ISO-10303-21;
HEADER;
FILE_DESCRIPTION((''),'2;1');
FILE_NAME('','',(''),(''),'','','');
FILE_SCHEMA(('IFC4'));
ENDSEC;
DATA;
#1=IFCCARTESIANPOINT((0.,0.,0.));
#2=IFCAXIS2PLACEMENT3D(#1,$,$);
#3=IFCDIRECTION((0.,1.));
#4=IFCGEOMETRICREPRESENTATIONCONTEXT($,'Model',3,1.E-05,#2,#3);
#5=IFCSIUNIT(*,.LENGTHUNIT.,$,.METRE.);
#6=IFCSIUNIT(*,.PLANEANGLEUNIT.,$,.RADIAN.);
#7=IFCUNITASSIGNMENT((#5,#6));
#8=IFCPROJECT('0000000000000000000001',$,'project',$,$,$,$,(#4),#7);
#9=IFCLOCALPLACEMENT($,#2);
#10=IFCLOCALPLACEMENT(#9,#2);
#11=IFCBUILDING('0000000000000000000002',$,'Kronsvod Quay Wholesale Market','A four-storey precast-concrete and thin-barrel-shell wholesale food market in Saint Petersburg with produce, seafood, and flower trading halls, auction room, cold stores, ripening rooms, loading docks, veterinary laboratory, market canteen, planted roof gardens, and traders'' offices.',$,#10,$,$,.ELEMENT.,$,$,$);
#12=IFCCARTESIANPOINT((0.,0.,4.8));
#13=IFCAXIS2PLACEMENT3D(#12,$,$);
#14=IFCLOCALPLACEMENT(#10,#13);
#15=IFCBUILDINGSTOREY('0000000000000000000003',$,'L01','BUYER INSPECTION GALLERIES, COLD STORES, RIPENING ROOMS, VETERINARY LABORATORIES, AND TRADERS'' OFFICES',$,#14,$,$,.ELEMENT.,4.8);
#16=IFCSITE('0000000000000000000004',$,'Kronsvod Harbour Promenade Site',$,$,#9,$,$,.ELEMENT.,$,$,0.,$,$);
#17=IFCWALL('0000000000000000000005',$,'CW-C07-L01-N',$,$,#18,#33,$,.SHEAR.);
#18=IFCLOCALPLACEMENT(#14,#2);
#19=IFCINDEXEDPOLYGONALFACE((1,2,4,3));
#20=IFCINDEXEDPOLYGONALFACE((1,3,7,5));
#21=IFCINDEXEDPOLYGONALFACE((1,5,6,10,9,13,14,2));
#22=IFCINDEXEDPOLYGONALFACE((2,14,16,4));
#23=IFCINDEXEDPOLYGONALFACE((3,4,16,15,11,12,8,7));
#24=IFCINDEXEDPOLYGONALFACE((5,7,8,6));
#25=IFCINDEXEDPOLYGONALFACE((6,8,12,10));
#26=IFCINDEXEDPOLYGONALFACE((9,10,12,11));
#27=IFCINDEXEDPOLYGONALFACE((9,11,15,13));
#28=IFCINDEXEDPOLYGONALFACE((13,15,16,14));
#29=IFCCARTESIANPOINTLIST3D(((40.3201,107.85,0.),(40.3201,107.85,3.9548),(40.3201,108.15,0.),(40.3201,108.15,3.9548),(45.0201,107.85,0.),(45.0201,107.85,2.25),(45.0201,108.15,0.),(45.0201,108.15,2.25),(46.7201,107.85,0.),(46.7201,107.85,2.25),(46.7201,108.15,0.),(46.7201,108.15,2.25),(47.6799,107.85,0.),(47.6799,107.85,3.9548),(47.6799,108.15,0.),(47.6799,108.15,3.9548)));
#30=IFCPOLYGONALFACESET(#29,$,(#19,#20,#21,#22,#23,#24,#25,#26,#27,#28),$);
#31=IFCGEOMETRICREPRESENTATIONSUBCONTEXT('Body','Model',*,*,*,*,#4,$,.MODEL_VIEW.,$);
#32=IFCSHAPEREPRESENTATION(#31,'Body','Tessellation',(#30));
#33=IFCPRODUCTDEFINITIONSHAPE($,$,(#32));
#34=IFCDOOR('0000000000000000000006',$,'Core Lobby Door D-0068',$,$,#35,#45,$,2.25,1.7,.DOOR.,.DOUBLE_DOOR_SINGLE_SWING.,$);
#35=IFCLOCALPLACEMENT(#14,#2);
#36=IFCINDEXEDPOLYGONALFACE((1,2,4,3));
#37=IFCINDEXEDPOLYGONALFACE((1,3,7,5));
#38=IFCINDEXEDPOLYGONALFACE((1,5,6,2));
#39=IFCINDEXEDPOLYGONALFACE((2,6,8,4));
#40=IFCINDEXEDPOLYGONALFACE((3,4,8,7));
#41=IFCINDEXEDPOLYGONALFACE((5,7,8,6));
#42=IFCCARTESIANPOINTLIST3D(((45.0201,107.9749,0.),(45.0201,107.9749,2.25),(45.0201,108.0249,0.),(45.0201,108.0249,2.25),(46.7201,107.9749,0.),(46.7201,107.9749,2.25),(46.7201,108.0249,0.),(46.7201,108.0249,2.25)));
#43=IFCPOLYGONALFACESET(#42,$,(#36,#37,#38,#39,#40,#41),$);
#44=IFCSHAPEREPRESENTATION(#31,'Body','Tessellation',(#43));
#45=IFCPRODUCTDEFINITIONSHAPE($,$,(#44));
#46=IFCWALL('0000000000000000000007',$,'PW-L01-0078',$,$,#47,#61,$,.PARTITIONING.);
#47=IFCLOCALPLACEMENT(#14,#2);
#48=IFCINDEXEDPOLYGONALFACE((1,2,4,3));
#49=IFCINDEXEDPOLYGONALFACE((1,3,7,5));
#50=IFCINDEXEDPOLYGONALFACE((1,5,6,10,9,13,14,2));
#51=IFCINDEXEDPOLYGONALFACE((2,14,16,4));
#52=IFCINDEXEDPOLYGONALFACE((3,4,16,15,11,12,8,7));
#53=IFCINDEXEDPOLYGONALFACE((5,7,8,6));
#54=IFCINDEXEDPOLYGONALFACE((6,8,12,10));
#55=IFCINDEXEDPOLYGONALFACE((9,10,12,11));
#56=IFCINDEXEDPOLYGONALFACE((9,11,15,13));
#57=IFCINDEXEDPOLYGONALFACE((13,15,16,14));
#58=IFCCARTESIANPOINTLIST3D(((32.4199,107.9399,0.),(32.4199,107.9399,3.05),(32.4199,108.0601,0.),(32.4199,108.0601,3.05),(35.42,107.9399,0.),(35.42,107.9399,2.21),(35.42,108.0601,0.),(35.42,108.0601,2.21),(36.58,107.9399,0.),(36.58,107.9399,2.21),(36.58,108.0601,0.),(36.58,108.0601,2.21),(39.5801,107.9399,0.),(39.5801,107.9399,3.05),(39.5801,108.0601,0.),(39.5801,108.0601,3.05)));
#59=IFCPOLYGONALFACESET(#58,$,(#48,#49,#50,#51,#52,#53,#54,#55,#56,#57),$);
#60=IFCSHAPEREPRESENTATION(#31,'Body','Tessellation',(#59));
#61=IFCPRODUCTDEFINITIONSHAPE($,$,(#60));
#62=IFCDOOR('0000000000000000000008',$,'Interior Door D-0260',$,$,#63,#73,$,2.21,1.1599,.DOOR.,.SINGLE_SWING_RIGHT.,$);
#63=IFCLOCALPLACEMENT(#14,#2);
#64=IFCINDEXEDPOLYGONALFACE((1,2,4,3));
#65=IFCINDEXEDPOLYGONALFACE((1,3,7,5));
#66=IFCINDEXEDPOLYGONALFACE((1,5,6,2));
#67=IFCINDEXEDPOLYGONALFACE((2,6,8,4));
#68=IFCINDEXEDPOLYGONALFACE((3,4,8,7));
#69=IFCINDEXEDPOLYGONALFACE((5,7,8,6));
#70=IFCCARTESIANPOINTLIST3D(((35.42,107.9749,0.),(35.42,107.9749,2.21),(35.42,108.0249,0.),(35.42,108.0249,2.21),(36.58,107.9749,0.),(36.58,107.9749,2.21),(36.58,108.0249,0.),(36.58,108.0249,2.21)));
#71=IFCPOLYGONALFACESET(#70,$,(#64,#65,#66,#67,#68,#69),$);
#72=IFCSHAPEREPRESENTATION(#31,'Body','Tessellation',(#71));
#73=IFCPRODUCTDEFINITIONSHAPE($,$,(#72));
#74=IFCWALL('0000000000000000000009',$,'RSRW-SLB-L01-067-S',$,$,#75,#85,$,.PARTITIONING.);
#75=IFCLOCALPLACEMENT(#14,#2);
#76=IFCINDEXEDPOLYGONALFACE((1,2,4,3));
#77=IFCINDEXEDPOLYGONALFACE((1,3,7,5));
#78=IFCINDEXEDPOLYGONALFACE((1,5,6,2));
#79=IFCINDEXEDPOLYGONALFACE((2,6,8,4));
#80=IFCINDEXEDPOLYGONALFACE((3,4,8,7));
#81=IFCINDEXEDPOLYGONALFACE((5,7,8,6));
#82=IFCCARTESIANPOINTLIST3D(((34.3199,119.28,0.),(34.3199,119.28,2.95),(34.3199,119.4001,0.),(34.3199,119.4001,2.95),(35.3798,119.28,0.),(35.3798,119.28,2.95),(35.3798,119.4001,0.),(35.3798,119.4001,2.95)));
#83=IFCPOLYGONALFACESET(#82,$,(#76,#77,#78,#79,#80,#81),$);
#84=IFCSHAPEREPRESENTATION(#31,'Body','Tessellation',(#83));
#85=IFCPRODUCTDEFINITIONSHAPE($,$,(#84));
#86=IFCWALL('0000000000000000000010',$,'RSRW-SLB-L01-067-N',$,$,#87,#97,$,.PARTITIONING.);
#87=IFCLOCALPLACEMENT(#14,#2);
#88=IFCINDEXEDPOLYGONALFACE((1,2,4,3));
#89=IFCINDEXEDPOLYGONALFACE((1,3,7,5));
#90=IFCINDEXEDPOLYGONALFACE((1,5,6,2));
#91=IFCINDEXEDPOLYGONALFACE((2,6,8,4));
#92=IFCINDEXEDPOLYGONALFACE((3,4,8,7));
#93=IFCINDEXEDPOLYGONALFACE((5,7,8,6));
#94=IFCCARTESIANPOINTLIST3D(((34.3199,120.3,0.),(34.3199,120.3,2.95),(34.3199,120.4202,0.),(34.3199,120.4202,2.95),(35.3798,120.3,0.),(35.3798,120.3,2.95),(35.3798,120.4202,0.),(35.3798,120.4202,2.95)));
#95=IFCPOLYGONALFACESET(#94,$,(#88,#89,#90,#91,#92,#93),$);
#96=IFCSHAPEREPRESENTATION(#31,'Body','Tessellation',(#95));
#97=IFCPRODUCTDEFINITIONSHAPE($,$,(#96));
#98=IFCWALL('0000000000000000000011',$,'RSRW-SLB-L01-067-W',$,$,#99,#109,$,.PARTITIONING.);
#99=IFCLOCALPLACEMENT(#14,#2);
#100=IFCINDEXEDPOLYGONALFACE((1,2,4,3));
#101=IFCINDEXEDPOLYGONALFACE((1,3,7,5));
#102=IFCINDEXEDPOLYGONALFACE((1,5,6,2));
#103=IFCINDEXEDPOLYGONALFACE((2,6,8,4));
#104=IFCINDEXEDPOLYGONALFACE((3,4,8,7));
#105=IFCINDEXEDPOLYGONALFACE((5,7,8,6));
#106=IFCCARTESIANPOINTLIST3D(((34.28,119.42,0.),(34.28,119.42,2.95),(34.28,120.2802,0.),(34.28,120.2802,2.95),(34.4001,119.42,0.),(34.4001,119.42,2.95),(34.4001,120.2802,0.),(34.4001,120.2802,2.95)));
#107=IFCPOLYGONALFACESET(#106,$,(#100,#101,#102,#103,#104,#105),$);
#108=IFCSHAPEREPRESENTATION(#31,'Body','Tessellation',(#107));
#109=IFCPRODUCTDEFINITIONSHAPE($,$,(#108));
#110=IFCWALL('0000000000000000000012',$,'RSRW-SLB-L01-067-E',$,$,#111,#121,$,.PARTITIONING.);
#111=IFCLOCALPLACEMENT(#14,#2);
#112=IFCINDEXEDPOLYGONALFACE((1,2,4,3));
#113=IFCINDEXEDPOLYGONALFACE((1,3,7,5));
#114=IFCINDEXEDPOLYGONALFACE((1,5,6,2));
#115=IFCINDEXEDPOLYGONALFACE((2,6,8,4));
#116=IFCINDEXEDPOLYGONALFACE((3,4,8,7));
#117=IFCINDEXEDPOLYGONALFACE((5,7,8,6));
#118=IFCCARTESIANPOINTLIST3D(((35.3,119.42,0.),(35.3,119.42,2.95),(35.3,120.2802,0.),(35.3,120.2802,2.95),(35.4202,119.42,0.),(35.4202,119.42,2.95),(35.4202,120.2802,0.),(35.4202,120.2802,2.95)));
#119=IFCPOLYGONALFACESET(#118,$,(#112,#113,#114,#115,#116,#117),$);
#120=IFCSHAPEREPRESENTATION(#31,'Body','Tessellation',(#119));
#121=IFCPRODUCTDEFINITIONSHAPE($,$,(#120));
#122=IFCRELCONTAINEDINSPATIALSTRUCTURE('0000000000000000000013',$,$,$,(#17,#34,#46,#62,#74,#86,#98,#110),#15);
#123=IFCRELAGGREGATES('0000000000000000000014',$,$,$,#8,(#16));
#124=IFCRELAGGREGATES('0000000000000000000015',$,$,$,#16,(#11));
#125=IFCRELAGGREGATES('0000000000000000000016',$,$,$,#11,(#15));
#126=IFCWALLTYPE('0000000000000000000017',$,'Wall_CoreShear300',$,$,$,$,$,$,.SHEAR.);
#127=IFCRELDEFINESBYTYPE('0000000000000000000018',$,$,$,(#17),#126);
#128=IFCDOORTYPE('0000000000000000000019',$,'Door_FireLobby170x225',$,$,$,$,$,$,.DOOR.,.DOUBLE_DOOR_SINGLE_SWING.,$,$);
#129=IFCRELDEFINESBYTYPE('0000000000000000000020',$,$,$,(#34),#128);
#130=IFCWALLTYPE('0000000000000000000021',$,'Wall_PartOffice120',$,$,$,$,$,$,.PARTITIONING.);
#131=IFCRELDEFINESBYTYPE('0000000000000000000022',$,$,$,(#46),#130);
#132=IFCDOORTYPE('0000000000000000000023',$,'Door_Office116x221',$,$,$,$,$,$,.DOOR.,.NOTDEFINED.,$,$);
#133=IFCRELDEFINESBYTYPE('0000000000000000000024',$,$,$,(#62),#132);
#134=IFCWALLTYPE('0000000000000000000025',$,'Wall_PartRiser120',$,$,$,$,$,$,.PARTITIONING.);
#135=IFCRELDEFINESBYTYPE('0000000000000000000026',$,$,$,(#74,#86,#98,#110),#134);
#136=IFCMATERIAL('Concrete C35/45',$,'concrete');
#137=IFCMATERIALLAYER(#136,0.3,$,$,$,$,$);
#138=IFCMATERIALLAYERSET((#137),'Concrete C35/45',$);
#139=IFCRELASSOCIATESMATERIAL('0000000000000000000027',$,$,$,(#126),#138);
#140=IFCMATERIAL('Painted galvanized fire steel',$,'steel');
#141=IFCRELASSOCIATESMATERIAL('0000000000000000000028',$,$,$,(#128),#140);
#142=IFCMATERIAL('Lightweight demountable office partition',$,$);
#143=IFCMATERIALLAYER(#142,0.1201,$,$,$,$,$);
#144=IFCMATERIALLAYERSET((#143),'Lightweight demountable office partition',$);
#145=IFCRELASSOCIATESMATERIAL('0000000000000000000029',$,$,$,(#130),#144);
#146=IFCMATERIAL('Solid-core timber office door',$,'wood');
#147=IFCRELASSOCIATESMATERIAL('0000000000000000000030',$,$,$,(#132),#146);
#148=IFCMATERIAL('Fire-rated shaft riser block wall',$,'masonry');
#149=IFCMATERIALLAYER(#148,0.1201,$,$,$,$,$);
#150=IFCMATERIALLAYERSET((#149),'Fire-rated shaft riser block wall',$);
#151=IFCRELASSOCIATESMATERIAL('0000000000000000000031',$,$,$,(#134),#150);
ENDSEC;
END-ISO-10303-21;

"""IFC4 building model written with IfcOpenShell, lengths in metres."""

from ifc_helpers import new_model, si_unit, direction, frame, frame_2d, origin, place, context, subcontext, project, spatial, rectangle, extrude, material, layer, layer_set, type_object, element, fill, save


model = new_model("IFC4")

# Units and contexts
model_context = context("Model", 3, precision=1e-05, world=origin(), true_north=direction((0.0, 1.0)))
body_context = subcontext(model_context, "Body", "Model", "MODEL_VIEW")
ifc_project = project(units=[si_unit("LENGTHUNIT", "METRE"), si_unit("PLANEANGLEUNIT", "RADIAN")], contexts=[model_context])

# Site, building, storey
site_placement = place(None, origin())
site = spatial("IfcSite", under=ifc_project, at=site_placement, Name="Kronsvod Harbour Promenade Site", CompositionType="ELEMENT", RefElevation=0.0)
building_placement = place(site_placement, origin())
building = spatial("IfcBuilding", under=site, at=building_placement, Name="Kronsvod Quay Wholesale Market", Description="A four-storey precast-concrete and thin-barrel-shell wholesale food market in Saint Petersburg with produce, seafood, and flower trading halls, auction room, cold stores, ripening rooms, loading docks, veterinary laboratory, market canteen, planted roof gardens, and traders' offices.", CompositionType="ELEMENT")
storey_placement = place(building_placement, frame((0.0, 0.0, 4.8)))
storey = spatial("IfcBuildingStorey", under=building, at=storey_placement, Name="L01", Description="BUYER INSPECTION GALLERIES, COLD STORES, RIPENING ROOMS, VETERINARY LABORATORIES, AND TRADERS' OFFICES", CompositionType="ELEMENT", Elevation=4.8)

# Walls, openings, doors
ifc_material_1 = material(Name="Concrete C35/45", Category="concrete")
ifc_layer_1 = layer(ifc_material_1, 0.3)
ifc_layer_set_1 = layer_set([ifc_layer_1], Name="Concrete C35/45")
wall_type_1 = type_object("IfcWallType", Name="Wall_CoreShear300", PredefinedType="SHEAR", material=ifc_layer_set_1)
wall_1_placement = place(storey_placement, frame((40.3201, 108.0, 0.0), z_axis=(0.0, 0.0, 1.0), x_axis=(1.0, 0.0, 0.0)))
wall_1 = element("IfcWall", 1, at=wall_1_placement, inside=storey, type_object=wall_type_1, Name="CW-C07-L01-N", PredefinedType="SHEAR", context=body_context, shape_type="SweptSolid", body=[
    extrude(rectangle(XDim=7.3599, YDim=0.3, at=frame_2d((3.6799, 0.0))), origin(), (0.0, 0.0, 1.0), 3.9548),
])
opening_1_placement = place(wall_1_placement, frame((4.7, 0.0, 0.0)))
opening_1 = element("IfcOpeningElement", 2, at=opening_1_placement, cuts=wall_1, PredefinedType="OPENING", context=body_context, shape_type="SweptSolid", body=[
    extrude(rectangle(XDim=1.7, YDim=2.25, at=frame_2d((0.8501, 1.125))), frame((0.0, 0.1602, 0.0), z_axis=(0.0, -1.0, 0.0), x_axis=(1.0, 0.0, 0.0)), (0.0, 0.0, 1.0), 0.3201),
])
ifc_material_2 = material(Name="Painted galvanized fire steel", Category="steel")
door_type_1 = type_object("IfcDoorType", Name="Door_FireLobby170x225", OperationType="DOUBLE_DOOR_SINGLE_SWING", PredefinedType="DOOR", material=ifc_material_2)
door_1_placement = place(opening_1_placement, origin())
door_1 = element("IfcDoor", 3, at=door_1_placement, inside=storey, type_object=door_type_1, Name="Core Lobby Door D-0068", OperationType="DOUBLE_DOOR_SINGLE_SWING", OverallHeight=2.25, OverallWidth=1.7, PredefinedType="DOOR", context=body_context, shape_type="SweptSolid", body=[
    extrude(rectangle(XDim=1.7, YDim=2.25, at=frame_2d((0.8501, 1.125))), frame((0.0, 0.0249, 0.0), z_axis=(0.0, -1.0, 0.0), x_axis=(1.0, 0.0, 0.0)), (0.0, 0.0, 1.0), 0.05),
])
fill(opening_1, door_1)
ifc_material_3 = material(Name="Lightweight demountable office partition")
ifc_layer_2 = layer(ifc_material_3, 0.1201)
ifc_layer_set_2 = layer_set([ifc_layer_2], Name="Lightweight demountable office partition")
wall_type_2 = type_object("IfcWallType", Name="Wall_PartOffice120", PredefinedType="PARTITIONING", material=ifc_layer_set_2)
wall_2_placement = place(storey_placement, frame((32.4199, 108.0, 0.0), z_axis=(0.0, 0.0, 1.0), x_axis=(1.0, 0.0, 0.0)))
wall_2 = element("IfcWall", 4, at=wall_2_placement, inside=storey, type_object=wall_type_2, Name="PW-L01-0078", PredefinedType="PARTITIONING", context=body_context, shape_type="SweptSolid", body=[
    extrude(rectangle(XDim=7.1602, YDim=0.1201, at=frame_2d((3.5801, 0.0))), origin(), (0.0, 0.0, 1.0), 3.05),
])
opening_2_placement = place(wall_2_placement, frame((3.0, 0.0, 0.0)))
opening_2 = element("IfcOpeningElement", 5, at=opening_2_placement, cuts=wall_2, PredefinedType="OPENING", context=body_context, shape_type="SweptSolid", body=[
    extrude(rectangle(XDim=1.1599, YDim=2.21, at=frame_2d((0.5801, 1.105))), frame((0.0, 0.0701, 0.0), z_axis=(0.0, -1.0, 0.0), x_axis=(1.0, 0.0, 0.0)), (0.0, 0.0, 1.0), 0.1401),
])
ifc_material_4 = material(Name="Solid-core timber office door", Category="wood")
door_type_2 = type_object("IfcDoorType", Name="Door_Office116x221", OperationType="NOTDEFINED", PredefinedType="DOOR", material=ifc_material_4)
door_2_placement = place(opening_2_placement, origin())
door_2 = element("IfcDoor", 6, at=door_2_placement, inside=storey, type_object=door_type_2, Name="Interior Door D-0260", OperationType="SINGLE_SWING_RIGHT", OverallHeight=2.21, OverallWidth=1.1599, PredefinedType="DOOR", context=body_context, shape_type="SweptSolid", body=[
    extrude(rectangle(XDim=1.1599, YDim=2.21, at=frame_2d((0.5801, 1.105))), frame((0.0, 0.0249, 0.0), z_axis=(0.0, -1.0, 0.0), x_axis=(1.0, 0.0, 0.0)), (0.0, 0.0, 1.0), 0.05),
])
fill(opening_2, door_2)

# Walls
ifc_material_5 = material(Name="Fire-rated shaft riser block wall", Category="masonry")
ifc_layer_3 = layer(ifc_material_5, 0.1201)
ifc_layer_set_3 = layer_set([ifc_layer_3], Name="Fire-rated shaft riser block wall")
wall_type_3 = type_object("IfcWallType", Name="Wall_PartRiser120", PredefinedType="PARTITIONING", material=ifc_layer_set_3)
for number, where, z_axis, x_axis, name in (
    (7, (34.3201, 119.3401, 0.0), (0.0, 0.0, 1.0), (1.0, 0.0, 0.0), "RSRW-SLB-L01-067-S"),
    (8, (34.3201, 120.3601, 0.0), (0.0, 0.0, 1.0), (1.0, 0.0, 0.0), "RSRW-SLB-L01-067-N"),
):
    element("IfcWall", number, at=place(storey_placement, frame(where, z_axis=z_axis, x_axis=x_axis)), inside=storey, type_object=wall_type_3, Name=name, PredefinedType="PARTITIONING", context=body_context, shape_type="SweptSolid", body=[
        extrude(rectangle(XDim=1.0598, YDim=0.1201, at=frame_2d((0.5298, 0.0))), origin(), (0.0, 0.0, 1.0), 2.95),
    ])
for number, where, z_axis, x_axis, name in (
    (9, (34.3401, 119.4199, 0.0), (0.0, 0.0, 1.0), (0.0, 1.0, 0.0), "RSRW-SLB-L01-067-W"),
    (10, (35.3601, 119.4199, 0.0), (0.0, 0.0, 1.0), (0.0, 1.0, 0.0), "RSRW-SLB-L01-067-E"),
):
    element("IfcWall", number, at=place(storey_placement, frame(where, z_axis=z_axis, x_axis=x_axis)), inside=storey, type_object=wall_type_3, Name=name, PredefinedType="PARTITIONING", context=body_context, shape_type="SweptSolid", body=[
        extrude(rectangle(XDim=0.8601, YDim=0.1201, at=frame_2d((0.4302, 0.0))), origin(), (0.0, 0.0, 1.0), 2.95),
    ])

save(model, "model.ifc")
